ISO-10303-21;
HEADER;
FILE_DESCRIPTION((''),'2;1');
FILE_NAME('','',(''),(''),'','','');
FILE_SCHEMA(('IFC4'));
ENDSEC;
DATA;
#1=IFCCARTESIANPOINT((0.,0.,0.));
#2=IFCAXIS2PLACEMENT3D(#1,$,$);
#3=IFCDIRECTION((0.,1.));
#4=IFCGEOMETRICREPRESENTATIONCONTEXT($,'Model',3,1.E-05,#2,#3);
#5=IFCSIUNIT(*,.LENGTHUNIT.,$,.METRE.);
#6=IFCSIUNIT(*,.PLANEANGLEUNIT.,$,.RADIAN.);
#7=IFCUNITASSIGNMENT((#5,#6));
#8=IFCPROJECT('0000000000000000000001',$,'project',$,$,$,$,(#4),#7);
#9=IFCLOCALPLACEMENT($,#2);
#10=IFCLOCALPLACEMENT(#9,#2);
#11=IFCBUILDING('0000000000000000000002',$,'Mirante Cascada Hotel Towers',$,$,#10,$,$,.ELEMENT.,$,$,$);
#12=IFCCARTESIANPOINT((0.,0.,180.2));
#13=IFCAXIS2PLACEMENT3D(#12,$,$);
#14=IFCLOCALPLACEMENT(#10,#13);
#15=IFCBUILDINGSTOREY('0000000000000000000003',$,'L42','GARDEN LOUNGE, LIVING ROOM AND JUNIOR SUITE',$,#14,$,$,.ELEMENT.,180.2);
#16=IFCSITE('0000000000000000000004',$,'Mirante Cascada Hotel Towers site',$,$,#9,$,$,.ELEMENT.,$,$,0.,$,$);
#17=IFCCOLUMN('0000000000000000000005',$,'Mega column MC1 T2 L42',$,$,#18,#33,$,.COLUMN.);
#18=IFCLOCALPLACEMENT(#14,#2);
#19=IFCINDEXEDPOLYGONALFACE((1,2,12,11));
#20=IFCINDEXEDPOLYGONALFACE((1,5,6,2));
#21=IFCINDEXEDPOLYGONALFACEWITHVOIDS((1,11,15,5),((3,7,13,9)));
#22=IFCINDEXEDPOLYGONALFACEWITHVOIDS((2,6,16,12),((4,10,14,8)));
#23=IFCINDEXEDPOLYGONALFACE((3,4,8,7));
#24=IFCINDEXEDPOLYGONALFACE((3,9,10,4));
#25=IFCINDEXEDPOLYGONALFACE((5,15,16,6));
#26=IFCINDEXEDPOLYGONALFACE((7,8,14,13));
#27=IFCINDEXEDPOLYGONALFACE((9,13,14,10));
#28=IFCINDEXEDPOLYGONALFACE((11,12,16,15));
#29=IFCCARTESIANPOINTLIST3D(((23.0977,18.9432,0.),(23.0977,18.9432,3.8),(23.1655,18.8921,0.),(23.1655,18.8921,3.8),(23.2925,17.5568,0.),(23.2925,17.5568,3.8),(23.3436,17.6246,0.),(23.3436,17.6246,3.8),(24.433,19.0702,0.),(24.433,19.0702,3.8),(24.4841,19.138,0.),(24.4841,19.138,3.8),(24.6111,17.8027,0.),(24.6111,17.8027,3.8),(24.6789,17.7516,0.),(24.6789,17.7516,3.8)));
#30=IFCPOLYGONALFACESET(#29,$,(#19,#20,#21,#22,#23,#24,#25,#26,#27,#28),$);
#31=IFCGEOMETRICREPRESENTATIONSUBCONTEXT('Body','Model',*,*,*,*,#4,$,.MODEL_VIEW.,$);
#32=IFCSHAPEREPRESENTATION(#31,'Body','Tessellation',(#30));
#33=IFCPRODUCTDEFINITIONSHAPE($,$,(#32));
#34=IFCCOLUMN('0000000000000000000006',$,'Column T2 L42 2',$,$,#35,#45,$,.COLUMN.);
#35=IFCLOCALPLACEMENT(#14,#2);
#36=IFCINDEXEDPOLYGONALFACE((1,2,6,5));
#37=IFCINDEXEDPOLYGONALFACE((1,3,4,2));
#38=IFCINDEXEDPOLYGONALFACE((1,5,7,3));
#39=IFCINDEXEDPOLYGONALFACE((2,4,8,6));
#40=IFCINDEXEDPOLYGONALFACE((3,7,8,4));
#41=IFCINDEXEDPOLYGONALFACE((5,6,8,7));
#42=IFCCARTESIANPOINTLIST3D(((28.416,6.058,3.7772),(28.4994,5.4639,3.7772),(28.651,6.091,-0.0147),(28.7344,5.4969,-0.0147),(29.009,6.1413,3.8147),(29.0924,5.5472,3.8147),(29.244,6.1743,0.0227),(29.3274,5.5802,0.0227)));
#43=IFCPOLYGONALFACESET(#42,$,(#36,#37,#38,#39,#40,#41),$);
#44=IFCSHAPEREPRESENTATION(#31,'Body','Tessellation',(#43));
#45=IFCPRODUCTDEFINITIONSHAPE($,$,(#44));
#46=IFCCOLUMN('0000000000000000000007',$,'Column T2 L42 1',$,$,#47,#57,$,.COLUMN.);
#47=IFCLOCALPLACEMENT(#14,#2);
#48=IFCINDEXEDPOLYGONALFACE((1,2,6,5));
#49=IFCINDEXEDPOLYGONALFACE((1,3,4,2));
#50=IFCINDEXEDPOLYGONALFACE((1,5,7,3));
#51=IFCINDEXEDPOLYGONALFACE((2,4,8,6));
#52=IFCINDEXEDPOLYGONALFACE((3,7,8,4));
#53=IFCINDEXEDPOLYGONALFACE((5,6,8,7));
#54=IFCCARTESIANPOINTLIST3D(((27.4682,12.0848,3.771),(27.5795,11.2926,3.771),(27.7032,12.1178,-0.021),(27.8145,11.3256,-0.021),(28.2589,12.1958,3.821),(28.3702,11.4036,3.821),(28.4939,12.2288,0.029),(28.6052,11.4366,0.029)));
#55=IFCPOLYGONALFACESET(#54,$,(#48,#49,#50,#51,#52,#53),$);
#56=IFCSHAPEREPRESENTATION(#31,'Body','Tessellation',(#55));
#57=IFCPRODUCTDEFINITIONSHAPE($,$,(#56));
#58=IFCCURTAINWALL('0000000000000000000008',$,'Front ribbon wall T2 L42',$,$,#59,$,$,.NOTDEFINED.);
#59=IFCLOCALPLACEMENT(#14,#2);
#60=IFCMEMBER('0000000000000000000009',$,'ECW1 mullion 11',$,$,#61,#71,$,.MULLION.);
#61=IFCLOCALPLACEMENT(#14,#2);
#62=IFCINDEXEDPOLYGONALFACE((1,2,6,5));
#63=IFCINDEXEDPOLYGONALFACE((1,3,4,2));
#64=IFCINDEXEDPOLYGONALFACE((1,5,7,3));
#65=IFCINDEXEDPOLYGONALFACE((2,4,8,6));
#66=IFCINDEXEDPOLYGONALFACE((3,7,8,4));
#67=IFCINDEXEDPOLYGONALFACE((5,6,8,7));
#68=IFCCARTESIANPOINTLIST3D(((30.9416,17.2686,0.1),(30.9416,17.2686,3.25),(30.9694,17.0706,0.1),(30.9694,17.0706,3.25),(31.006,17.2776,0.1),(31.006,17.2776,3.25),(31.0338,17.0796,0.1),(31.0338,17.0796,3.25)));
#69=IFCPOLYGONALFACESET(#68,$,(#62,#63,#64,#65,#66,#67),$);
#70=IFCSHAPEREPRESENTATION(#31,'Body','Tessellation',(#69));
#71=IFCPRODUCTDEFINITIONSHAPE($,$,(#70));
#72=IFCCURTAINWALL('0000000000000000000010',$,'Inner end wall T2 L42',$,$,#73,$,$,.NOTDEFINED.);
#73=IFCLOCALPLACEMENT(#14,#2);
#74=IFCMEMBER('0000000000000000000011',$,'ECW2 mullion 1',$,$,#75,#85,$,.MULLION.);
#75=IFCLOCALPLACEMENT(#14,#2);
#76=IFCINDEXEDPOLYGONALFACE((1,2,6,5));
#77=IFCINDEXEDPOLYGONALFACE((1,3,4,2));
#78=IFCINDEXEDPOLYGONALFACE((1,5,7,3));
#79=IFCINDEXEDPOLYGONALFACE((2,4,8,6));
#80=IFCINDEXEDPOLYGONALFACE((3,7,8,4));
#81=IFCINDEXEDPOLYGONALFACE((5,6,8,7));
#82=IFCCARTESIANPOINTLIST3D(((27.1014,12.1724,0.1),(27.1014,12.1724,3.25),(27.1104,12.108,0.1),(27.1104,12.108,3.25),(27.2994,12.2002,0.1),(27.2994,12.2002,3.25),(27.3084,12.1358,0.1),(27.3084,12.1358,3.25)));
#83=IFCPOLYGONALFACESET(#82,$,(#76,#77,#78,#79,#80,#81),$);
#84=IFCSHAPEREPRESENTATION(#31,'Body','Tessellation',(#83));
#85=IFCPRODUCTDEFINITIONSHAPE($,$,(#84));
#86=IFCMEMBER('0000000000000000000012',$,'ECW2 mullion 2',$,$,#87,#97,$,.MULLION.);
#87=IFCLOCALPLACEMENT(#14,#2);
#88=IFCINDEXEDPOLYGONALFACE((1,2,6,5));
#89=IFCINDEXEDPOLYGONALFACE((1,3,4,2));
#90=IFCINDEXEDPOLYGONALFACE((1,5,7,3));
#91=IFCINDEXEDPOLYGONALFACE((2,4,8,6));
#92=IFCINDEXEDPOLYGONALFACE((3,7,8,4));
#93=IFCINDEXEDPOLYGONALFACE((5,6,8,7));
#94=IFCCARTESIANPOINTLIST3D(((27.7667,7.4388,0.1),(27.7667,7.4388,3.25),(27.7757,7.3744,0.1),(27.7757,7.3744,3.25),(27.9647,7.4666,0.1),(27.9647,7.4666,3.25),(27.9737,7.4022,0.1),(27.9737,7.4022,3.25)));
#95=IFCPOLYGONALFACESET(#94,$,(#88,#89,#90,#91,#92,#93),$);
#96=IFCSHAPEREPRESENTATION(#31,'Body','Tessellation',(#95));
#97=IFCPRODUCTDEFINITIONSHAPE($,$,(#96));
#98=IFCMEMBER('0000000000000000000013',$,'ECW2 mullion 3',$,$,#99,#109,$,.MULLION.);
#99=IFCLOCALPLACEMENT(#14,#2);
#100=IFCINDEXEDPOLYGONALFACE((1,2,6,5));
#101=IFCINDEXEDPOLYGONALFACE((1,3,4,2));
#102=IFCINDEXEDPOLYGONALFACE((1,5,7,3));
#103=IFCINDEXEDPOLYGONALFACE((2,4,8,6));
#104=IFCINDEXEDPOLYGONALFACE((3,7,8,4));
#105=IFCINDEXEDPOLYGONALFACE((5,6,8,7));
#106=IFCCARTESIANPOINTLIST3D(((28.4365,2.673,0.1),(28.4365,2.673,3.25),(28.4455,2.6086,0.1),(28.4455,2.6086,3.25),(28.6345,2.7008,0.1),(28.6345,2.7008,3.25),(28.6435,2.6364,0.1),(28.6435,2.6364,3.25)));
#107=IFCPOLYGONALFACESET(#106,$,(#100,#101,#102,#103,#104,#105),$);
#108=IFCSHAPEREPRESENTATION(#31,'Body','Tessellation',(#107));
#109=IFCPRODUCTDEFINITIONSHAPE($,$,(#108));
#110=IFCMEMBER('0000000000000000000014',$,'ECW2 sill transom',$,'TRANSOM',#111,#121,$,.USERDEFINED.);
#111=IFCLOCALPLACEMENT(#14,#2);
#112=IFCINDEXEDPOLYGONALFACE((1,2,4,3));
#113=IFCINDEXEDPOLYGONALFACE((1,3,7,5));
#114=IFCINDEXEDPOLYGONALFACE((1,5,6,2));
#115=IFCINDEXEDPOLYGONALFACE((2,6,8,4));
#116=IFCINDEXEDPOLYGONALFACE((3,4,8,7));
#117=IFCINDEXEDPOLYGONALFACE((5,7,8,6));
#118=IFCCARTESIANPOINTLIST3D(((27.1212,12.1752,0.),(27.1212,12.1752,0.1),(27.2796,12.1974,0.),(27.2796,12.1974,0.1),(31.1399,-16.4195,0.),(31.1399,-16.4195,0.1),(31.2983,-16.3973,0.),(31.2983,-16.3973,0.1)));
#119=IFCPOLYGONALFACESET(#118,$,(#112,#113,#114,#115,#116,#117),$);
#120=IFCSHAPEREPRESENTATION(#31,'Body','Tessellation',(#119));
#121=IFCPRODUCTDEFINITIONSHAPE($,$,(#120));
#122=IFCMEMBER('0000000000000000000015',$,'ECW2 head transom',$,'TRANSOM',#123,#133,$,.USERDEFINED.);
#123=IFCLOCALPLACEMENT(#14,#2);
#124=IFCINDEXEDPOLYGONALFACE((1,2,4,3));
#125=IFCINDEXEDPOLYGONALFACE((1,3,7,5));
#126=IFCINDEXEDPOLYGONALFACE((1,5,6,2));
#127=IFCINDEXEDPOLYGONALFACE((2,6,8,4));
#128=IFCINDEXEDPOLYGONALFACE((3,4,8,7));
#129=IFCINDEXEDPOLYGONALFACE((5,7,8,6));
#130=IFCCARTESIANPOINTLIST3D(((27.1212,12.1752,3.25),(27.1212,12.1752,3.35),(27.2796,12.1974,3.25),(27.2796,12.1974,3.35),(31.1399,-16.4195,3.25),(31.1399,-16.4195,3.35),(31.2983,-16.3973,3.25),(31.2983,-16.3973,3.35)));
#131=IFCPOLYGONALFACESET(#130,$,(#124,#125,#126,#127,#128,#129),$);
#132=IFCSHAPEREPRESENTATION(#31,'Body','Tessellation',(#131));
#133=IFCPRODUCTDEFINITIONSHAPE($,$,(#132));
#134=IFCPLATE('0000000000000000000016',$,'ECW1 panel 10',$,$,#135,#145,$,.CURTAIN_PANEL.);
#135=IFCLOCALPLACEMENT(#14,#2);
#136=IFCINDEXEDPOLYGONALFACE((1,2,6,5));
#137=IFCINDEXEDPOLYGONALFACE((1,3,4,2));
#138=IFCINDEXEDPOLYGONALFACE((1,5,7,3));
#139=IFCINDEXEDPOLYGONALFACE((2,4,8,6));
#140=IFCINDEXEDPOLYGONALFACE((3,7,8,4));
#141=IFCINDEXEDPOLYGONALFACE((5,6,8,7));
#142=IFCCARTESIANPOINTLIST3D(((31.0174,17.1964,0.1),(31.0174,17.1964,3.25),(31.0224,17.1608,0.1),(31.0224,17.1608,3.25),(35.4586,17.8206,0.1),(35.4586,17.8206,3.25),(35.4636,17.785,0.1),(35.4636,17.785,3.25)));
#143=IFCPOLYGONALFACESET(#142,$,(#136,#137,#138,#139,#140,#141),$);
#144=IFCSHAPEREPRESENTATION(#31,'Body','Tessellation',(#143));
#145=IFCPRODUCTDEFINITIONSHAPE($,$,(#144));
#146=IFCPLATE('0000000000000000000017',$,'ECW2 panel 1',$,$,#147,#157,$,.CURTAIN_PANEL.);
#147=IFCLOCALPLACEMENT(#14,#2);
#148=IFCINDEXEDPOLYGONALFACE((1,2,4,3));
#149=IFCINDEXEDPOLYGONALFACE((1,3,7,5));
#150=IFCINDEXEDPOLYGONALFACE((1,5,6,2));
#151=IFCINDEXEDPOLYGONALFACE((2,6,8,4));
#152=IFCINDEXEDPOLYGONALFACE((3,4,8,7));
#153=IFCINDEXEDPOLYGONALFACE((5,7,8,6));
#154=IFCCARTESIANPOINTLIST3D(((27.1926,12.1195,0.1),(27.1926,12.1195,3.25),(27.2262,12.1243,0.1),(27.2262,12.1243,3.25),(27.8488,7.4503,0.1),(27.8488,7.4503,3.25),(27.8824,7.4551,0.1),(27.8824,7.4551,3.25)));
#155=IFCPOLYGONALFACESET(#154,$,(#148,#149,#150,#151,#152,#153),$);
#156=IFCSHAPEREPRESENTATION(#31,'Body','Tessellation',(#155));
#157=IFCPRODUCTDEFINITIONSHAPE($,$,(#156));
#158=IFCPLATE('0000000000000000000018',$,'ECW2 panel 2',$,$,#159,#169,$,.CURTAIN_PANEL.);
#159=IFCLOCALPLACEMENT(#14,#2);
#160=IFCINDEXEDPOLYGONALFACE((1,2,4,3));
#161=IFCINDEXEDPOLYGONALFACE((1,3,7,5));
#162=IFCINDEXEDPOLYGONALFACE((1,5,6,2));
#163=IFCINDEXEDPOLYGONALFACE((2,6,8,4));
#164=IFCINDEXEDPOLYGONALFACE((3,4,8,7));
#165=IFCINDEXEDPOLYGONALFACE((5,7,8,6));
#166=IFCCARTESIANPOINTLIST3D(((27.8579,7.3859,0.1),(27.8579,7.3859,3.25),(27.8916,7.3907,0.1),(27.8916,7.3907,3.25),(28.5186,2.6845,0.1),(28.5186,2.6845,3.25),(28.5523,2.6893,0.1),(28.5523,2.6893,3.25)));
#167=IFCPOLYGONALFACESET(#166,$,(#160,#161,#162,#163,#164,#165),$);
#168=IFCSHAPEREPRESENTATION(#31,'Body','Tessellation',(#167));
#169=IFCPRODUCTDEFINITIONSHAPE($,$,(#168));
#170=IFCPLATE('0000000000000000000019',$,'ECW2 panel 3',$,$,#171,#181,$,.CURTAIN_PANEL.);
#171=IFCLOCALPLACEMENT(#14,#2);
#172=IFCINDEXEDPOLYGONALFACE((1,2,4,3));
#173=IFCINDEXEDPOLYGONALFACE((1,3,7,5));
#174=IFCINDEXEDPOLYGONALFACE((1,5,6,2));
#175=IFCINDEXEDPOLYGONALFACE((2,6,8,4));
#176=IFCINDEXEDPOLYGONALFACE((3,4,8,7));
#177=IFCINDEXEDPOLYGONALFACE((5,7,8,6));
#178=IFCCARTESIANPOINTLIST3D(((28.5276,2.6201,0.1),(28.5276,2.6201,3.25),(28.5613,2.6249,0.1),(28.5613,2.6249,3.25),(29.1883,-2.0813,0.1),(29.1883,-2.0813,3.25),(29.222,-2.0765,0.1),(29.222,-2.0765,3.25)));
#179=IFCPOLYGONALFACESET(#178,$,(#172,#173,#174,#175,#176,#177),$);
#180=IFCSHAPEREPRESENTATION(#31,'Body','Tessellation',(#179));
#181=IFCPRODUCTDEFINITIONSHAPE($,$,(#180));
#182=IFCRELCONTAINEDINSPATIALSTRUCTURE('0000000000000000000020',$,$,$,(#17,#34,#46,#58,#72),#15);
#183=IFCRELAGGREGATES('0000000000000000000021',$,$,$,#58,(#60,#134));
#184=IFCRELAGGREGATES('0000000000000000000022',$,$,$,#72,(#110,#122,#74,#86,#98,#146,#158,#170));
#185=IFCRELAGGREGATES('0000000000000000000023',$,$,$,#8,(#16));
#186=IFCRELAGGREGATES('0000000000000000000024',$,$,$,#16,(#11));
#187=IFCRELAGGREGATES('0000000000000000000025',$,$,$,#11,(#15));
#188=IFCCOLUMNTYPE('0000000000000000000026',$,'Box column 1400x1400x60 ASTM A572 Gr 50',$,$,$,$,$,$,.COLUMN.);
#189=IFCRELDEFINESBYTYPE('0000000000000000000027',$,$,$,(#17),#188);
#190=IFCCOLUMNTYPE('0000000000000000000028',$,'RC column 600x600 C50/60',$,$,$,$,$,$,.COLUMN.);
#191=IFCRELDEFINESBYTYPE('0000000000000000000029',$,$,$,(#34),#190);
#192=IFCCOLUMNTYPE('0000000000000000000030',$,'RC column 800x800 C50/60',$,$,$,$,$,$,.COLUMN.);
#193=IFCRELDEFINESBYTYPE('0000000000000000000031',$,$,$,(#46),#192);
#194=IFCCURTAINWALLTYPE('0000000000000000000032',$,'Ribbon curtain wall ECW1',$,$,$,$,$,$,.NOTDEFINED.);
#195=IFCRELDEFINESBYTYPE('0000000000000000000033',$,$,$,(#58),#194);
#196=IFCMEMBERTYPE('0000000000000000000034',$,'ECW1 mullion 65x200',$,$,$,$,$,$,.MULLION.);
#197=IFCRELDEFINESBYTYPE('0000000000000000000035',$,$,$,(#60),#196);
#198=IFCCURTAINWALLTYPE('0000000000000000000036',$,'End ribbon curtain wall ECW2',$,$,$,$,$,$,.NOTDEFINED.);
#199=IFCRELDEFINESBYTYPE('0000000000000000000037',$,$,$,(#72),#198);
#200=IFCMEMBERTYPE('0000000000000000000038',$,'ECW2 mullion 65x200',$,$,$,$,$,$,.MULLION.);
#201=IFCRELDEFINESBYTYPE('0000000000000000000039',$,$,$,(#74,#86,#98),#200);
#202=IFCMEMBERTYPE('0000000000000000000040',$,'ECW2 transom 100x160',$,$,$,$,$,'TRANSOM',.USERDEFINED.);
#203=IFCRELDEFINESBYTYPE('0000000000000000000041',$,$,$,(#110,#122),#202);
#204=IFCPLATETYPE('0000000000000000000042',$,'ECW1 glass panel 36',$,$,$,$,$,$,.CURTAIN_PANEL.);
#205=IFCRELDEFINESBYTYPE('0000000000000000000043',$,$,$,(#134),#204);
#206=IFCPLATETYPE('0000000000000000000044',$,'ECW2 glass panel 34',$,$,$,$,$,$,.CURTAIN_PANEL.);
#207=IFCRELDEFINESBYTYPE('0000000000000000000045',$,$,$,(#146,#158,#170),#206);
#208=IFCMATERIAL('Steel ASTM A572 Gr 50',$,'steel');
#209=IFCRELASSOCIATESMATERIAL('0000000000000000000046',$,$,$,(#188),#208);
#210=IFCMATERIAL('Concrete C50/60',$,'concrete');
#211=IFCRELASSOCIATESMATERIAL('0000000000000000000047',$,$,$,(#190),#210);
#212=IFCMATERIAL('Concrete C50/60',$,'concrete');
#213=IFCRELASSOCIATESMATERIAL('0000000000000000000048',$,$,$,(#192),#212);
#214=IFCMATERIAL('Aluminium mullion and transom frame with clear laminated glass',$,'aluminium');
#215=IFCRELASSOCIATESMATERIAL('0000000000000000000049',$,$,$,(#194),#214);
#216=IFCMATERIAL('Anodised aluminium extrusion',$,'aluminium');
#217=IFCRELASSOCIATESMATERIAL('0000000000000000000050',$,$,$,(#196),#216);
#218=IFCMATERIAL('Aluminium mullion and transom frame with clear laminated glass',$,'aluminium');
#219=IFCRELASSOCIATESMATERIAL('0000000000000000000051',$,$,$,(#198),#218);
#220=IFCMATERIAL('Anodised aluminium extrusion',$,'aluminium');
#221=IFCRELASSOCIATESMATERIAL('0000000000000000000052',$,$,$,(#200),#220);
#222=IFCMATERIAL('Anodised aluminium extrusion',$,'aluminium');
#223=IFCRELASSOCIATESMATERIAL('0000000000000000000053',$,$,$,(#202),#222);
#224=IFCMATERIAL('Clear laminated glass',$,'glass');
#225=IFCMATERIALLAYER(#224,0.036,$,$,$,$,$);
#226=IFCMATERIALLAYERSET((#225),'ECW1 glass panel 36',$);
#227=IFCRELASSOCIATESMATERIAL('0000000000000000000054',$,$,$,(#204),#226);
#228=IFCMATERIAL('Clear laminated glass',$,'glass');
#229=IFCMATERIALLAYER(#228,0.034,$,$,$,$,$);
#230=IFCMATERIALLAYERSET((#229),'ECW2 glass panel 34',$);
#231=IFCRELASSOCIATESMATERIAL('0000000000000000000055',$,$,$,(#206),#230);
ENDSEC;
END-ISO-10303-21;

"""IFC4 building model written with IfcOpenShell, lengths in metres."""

from ifc_helpers import new_model, si_unit, direction, frame, origin, origin_2d, place, context, subcontext, project, spatial, rectangle, hollow_rectangle, extrude, material, layer, layer_set, material_profile, profile_set, type_object, element, aggregate, save


model = new_model("IFC4")

# Units and contexts
model_context = context("Model", 3, precision=1e-05, world=origin(), true_north=direction((0.0, 1.0)))
body_context = subcontext(model_context, "Body", "Model", "MODEL_VIEW")
ifc_project = project(units=[si_unit("LENGTHUNIT", "METRE"), si_unit("PLANEANGLEUNIT", "RADIAN")], contexts=[model_context])

# Site, building, storey
site_placement = place(None, origin())
site = spatial("IfcSite", under=ifc_project, at=site_placement, Name="Mirante Cascada Hotel Towers site", CompositionType="ELEMENT", RefElevation=0.0)
building_placement = place(site_placement, origin())
building = spatial("IfcBuilding", under=site, at=building_placement, Name="Mirante Cascada Hotel Towers", CompositionType="ELEMENT")
storey_placement = place(building_placement, frame((0.0, 0.0, 180.2)))
storey = spatial("IfcBuildingStorey", under=building, at=storey_placement, Name="L42", Description="GARDEN LOUNGE, LIVING ROOM AND JUNIOR SUITE", CompositionType="ELEMENT", Elevation=180.2)

# Columns
ifc_material_1 = material(Name="Steel ASTM A572 Gr 50", Category="steel")
ifc_material_profile_1 = material_profile(ifc_material_1, hollow_rectangle(XDim=1.4, YDim=1.4, WallThickness=0.06, at=origin_2d()), Name="Box column 1400x1400x60 ASTM A572 Gr 50")
ifc_profile_set_1 = profile_set([ifc_material_profile_1], Name="Steel ASTM A572 Gr 50")
column_type_1 = type_object("IfcColumnType", Name="Box column 1400x1400x60 ASTM A572 Gr 50", PredefinedType="COLUMN", material=ifc_profile_set_1)
column_1_placement = place(storey_placement, frame((23.8883, 18.3474, 0.0), z_axis=(0.0, 0.0, 1.0), x_axis=(0.990268, 0.139173, 0.0)))
element("IfcColumn", 1, at=column_1_placement, inside=storey, type_object=column_type_1, Name="Mega column MC1 T2 L42", PredefinedType="COLUMN", context=body_context, shape_type="SweptSolid", body=[
    extrude(hollow_rectangle(XDim=1.4, YDim=1.4, WallThickness=0.06, at=origin_2d()), origin(), (0.0, 0.0, 1.0), 3.8),
])
ifc_material_2 = material(Name="Concrete C50/60", Category="concrete")
ifc_material_profile_2 = material_profile(ifc_material_2, rectangle(XDim=0.6, YDim=0.6, at=origin_2d()), Name="RC column 600x600 C50/60")
ifc_profile_set_2 = profile_set([ifc_material_profile_2], Name="Concrete C50/60")
column_type_2 = type_object("IfcColumnType", Name="RC column 600x600 C50/60", PredefinedType="COLUMN", material=ifc_profile_set_2)
column_2_placement = place(storey_placement, frame((28.9892, 5.8356, 0.004), z_axis=(-0.061852, -0.008686, 0.998048), x_axis=(0.139061, -0.990284, 0.0)))
element("IfcColumn", 2, at=column_2_placement, inside=storey, type_object=column_type_2, Name="Column T2 L42 2", PredefinedType="COLUMN", context=body_context, shape_type="SweptSolid", body=[
    extrude(rectangle(XDim=0.6, YDim=0.6, at=origin_2d()), origin(), (0.0, 0.0, 1.0), 3.7994),
])
ifc_material_3 = material(Name="Concrete C50/60", Category="concrete")
ifc_material_profile_3 = material_profile(ifc_material_3, rectangle(XDim=0.8, YDim=0.8, at=origin_2d()), Name="RC column 800x800 C50/60")
ifc_profile_set_3 = profile_set([ifc_material_profile_3], Name="Concrete C50/60")
column_type_3 = type_object("IfcColumnType", Name="RC column 800x800 C50/60", PredefinedType="COLUMN", material=ifc_profile_set_3)
column_3_placement = place(storey_placement, frame((28.1542, 11.7772, 0.004), z_axis=(-0.061852, -0.008686, 0.998048), x_axis=(0.139061, -0.990284, 0.0)))
element("IfcColumn", 3, at=column_3_placement, inside=storey, type_object=column_type_3, Name="Column T2 L42 1", PredefinedType="COLUMN", context=body_context, shape_type="SweptSolid", body=[
    extrude(rectangle(XDim=0.8, YDim=0.8, at=origin_2d()), origin(), (0.0, 0.0, 1.0), 3.7994),
])

# Curtain wall, member
ifc_material_4 = material(Name="Aluminium mullion and transom frame with clear laminated glass", Category="aluminium")
curtain_wall_type_1 = type_object("IfcCurtainWallType", Name="Ribbon curtain wall ECW1", PredefinedType="NOTDEFINED", material=ifc_material_4)
curtain_wall_1_placement = place(storey_placement, origin())
curtain_wall_1 = element("IfcCurtainWall", 4, at=curtain_wall_1_placement, inside=storey, type_object=curtain_wall_type_1, Name="Front ribbon wall T2 L42", PredefinedType="NOTDEFINED")
ifc_material_5 = material(Name="Anodised aluminium extrusion", Category="aluminium")
ifc_material_profile_4 = material_profile(ifc_material_5, rectangle(XDim=0.2, YDim=0.065, at=origin_2d()), Name="ECW1 MULLION 65x200")
ifc_profile_set_4 = profile_set([ifc_material_profile_4], Name="Anodised aluminium extrusion")
member_type_1 = type_object("IfcMemberType", Name="ECW1 mullion 65x200", PredefinedType="MULLION", material=ifc_profile_set_4)
member_1_placement = place(storey_placement, frame((30.9877, 17.1741, 0.1), z_axis=(0.0, 0.0, 1.0), x_axis=(0.139173, -0.990268, 0.0)))
member_1 = element("IfcMember", 5, at=member_1_placement, type_object=member_type_1, Name="ECW1 mullion 11", PredefinedType="MULLION", context=body_context, shape_type="SweptSolid", body=[
    extrude(rectangle(XDim=0.2, YDim=0.065, at=origin_2d()), origin(), (0.0, 0.0, 1.0), 3.15),
])

# Curtain wall, members
ifc_material_6 = material(Name="Aluminium mullion and transom frame with clear laminated glass", Category="aluminium")
curtain_wall_type_2 = type_object("IfcCurtainWallType", Name="End ribbon curtain wall ECW2", PredefinedType="NOTDEFINED", material=ifc_material_6)
curtain_wall_2_placement = place(storey_placement, origin())
curtain_wall_2 = element("IfcCurtainWall", 6, at=curtain_wall_2_placement, inside=storey, type_object=curtain_wall_type_2, Name="Inner end wall T2 L42", PredefinedType="NOTDEFINED")
ifc_material_7 = material(Name="Anodised aluminium extrusion", Category="aluminium")
ifc_material_profile_5 = material_profile(ifc_material_7, rectangle(XDim=0.2, YDim=0.065, at=origin_2d()), Name="ECW2 MULLION 65x200")
ifc_profile_set_5 = profile_set([ifc_material_profile_5], Name="Anodised aluminium extrusion")
member_type_2 = type_object("IfcMemberType", Name="ECW2 mullion 65x200", PredefinedType="MULLION", material=ifc_profile_set_5)
member_2_placement = place(storey_placement, frame((27.2049, 12.1541, 0.1), z_axis=(0.0, 0.0, 1.0), x_axis=(0.990268, 0.139173, 0.0)))
member_2 = element("IfcMember", 7, at=member_2_placement, type_object=member_type_2, Name="ECW2 mullion 1", PredefinedType="MULLION", context=body_context, shape_type="SweptSolid", body=[
    extrude(rectangle(XDim=0.2, YDim=0.065, at=origin_2d()), origin(), (0.0, 0.0, 1.0), 3.15),
])
member_3_placement = place(storey_placement, frame((27.8702, 7.4205, 0.1), z_axis=(0.0, 0.0, 1.0), x_axis=(0.990268, 0.139173, 0.0)))
member_3 = element("IfcMember", 8, at=member_3_placement, type_object=member_type_2, Name="ECW2 mullion 2", PredefinedType="MULLION", context=body_context, shape_type="SweptSolid", body=[
    extrude(rectangle(XDim=0.2, YDim=0.065, at=origin_2d()), origin(), (0.0, 0.0, 1.0), 3.15),
])
member_4_placement = place(storey_placement, frame((28.54, 2.6547, 0.1), z_axis=(0.0, 0.0, 1.0), x_axis=(0.990268, 0.139173, 0.0)))
member_4 = element("IfcMember", 9, at=member_4_placement, type_object=member_type_2, Name="ECW2 mullion 3", PredefinedType="MULLION", context=body_context, shape_type="SweptSolid", body=[
    extrude(rectangle(XDim=0.2, YDim=0.065, at=origin_2d()), origin(), (0.0, 0.0, 1.0), 3.15),
])
ifc_material_8 = material(Name="Anodised aluminium extrusion", Category="aluminium")
ifc_material_profile_6 = material_profile(ifc_material_8, rectangle(XDim=0.16, YDim=0.1, at=origin_2d()), Name="ECW2 TRANSOM 100x160")
ifc_profile_set_6 = profile_set([ifc_material_profile_6], Name="Anodised aluminium extrusion")
member_type_3 = type_object("IfcMemberType", Name="ECW2 transom 100x160", ElementType="TRANSOM", PredefinedType="USERDEFINED", material=ifc_profile_set_6)
member_5_placement = place(storey_placement, frame((27.2004, 12.1863, 0.05), z_axis=(0.139172, -0.990268, 0.0), x_axis=(0.990268, 0.139172, 0.0)))
member_5 = element("IfcMember", 10, at=member_5_placement, type_object=member_type_3, Name="ECW2 sill transom", ObjectType="TRANSOM", PredefinedType="USERDEFINED", context=body_context, shape_type="SweptSolid", body=[
    extrude(rectangle(XDim=0.16, YDim=0.1, at=origin_2d()), origin(), (0.0, 0.0, 1.0), 28.8757),
])
member_6_placement = place(storey_placement, frame((27.2004, 12.1863, 3.3), z_axis=(0.139172, -0.990268, 0.0), x_axis=(0.990268, 0.139172, 0.0)))
member_6 = element("IfcMember", 11, at=member_6_placement, type_object=member_type_3, Name="ECW2 head transom", ObjectType="TRANSOM", PredefinedType="USERDEFINED", context=body_context, shape_type="SweptSolid", body=[
    extrude(rectangle(XDim=0.16, YDim=0.1, at=origin_2d()), origin(), (0.0, 0.0, 1.0), 28.8757),
])

# Plates
ifc_material_9 = material(Name="Clear laminated glass", Category="glass")
ifc_layer_1 = layer(ifc_material_9, 0.036)
ifc_layer_set_1 = layer_set([ifc_layer_1], Name="ECW1 glass panel 36")
plate_type_1 = type_object("IfcPlateType", Name="ECW1 glass panel 36", PredefinedType="CURTAIN_PANEL", material=ifc_layer_set_1)
plate_1_placement = place(storey_placement, frame((33.2405, 17.4907, 0.1), z_axis=(0.0, 0.0, 1.0), x_axis=(-0.990268, -0.139173, 0.0)))
plate_1 = element("IfcPlate", 12, at=plate_1_placement, type_object=plate_type_1, Name="ECW1 panel 10", PredefinedType="CURTAIN_PANEL", context=body_context, shape_type="SweptSolid", body=[
    extrude(rectangle(XDim=4.4849, YDim=0.036, at=origin_2d()), origin(), (0.0, 0.0, 1.0), 3.15),
])
aggregate(curtain_wall_1, [member_1, plate_1])
ifc_material_10 = material(Name="Clear laminated glass", Category="glass")
ifc_layer_2 = layer(ifc_material_10, 0.034)
ifc_layer_set_2 = layer_set([ifc_layer_2], Name="ECW2 glass panel 34")
plate_type_2 = type_object("IfcPlateType", Name="ECW2 glass panel 34", PredefinedType="CURTAIN_PANEL", material=ifc_layer_set_2)
plate_2_placement = place(storey_placement, frame((27.5375, 9.7873, 0.1), z_axis=(0.0, 0.0, 1.0), x_axis=(0.139173, -0.990268, 0.0)))
plate_2 = element("IfcPlate", 13, at=plate_2_placement, type_object=plate_type_2, Name="ECW2 panel 1", PredefinedType="CURTAIN_PANEL", context=body_context, shape_type="SweptSolid", body=[
    extrude(rectangle(XDim=4.7151, YDim=0.034, at=origin_2d()), origin(), (0.0, 0.0, 1.0), 3.15),
])
plate_3_placement = place(storey_placement, frame((28.2051, 5.0376, 0.1), z_axis=(0.0, 0.0, 1.0), x_axis=(0.139173, -0.990268, 0.0)))
plate_3 = element("IfcPlate", 14, at=plate_3_placement, type_object=plate_type_2, Name="ECW2 panel 2", PredefinedType="CURTAIN_PANEL", context=body_context, shape_type="SweptSolid", body=[
    extrude(rectangle(XDim=4.7476, YDim=0.034, at=origin_2d()), origin(), (0.0, 0.0, 1.0), 3.15),
])
plate_4_placement = place(storey_placement, frame((28.8748, 0.2718, 0.1), z_axis=(0.0, 0.0, 1.0), x_axis=(0.139173, -0.990268, 0.0)))
plate_4 = element("IfcPlate", 15, at=plate_4_placement, type_object=plate_type_2, Name="ECW2 panel 3", PredefinedType="CURTAIN_PANEL", context=body_context, shape_type="SweptSolid", body=[
    extrude(rectangle(XDim=4.7476, YDim=0.034, at=origin_2d()), origin(), (0.0, 0.0, 1.0), 3.15),
])
aggregate(curtain_wall_2, [member_5, member_6, member_2, member_3, member_4, plate_2, plate_3, plate_4])

save(model, "model.ifc")
